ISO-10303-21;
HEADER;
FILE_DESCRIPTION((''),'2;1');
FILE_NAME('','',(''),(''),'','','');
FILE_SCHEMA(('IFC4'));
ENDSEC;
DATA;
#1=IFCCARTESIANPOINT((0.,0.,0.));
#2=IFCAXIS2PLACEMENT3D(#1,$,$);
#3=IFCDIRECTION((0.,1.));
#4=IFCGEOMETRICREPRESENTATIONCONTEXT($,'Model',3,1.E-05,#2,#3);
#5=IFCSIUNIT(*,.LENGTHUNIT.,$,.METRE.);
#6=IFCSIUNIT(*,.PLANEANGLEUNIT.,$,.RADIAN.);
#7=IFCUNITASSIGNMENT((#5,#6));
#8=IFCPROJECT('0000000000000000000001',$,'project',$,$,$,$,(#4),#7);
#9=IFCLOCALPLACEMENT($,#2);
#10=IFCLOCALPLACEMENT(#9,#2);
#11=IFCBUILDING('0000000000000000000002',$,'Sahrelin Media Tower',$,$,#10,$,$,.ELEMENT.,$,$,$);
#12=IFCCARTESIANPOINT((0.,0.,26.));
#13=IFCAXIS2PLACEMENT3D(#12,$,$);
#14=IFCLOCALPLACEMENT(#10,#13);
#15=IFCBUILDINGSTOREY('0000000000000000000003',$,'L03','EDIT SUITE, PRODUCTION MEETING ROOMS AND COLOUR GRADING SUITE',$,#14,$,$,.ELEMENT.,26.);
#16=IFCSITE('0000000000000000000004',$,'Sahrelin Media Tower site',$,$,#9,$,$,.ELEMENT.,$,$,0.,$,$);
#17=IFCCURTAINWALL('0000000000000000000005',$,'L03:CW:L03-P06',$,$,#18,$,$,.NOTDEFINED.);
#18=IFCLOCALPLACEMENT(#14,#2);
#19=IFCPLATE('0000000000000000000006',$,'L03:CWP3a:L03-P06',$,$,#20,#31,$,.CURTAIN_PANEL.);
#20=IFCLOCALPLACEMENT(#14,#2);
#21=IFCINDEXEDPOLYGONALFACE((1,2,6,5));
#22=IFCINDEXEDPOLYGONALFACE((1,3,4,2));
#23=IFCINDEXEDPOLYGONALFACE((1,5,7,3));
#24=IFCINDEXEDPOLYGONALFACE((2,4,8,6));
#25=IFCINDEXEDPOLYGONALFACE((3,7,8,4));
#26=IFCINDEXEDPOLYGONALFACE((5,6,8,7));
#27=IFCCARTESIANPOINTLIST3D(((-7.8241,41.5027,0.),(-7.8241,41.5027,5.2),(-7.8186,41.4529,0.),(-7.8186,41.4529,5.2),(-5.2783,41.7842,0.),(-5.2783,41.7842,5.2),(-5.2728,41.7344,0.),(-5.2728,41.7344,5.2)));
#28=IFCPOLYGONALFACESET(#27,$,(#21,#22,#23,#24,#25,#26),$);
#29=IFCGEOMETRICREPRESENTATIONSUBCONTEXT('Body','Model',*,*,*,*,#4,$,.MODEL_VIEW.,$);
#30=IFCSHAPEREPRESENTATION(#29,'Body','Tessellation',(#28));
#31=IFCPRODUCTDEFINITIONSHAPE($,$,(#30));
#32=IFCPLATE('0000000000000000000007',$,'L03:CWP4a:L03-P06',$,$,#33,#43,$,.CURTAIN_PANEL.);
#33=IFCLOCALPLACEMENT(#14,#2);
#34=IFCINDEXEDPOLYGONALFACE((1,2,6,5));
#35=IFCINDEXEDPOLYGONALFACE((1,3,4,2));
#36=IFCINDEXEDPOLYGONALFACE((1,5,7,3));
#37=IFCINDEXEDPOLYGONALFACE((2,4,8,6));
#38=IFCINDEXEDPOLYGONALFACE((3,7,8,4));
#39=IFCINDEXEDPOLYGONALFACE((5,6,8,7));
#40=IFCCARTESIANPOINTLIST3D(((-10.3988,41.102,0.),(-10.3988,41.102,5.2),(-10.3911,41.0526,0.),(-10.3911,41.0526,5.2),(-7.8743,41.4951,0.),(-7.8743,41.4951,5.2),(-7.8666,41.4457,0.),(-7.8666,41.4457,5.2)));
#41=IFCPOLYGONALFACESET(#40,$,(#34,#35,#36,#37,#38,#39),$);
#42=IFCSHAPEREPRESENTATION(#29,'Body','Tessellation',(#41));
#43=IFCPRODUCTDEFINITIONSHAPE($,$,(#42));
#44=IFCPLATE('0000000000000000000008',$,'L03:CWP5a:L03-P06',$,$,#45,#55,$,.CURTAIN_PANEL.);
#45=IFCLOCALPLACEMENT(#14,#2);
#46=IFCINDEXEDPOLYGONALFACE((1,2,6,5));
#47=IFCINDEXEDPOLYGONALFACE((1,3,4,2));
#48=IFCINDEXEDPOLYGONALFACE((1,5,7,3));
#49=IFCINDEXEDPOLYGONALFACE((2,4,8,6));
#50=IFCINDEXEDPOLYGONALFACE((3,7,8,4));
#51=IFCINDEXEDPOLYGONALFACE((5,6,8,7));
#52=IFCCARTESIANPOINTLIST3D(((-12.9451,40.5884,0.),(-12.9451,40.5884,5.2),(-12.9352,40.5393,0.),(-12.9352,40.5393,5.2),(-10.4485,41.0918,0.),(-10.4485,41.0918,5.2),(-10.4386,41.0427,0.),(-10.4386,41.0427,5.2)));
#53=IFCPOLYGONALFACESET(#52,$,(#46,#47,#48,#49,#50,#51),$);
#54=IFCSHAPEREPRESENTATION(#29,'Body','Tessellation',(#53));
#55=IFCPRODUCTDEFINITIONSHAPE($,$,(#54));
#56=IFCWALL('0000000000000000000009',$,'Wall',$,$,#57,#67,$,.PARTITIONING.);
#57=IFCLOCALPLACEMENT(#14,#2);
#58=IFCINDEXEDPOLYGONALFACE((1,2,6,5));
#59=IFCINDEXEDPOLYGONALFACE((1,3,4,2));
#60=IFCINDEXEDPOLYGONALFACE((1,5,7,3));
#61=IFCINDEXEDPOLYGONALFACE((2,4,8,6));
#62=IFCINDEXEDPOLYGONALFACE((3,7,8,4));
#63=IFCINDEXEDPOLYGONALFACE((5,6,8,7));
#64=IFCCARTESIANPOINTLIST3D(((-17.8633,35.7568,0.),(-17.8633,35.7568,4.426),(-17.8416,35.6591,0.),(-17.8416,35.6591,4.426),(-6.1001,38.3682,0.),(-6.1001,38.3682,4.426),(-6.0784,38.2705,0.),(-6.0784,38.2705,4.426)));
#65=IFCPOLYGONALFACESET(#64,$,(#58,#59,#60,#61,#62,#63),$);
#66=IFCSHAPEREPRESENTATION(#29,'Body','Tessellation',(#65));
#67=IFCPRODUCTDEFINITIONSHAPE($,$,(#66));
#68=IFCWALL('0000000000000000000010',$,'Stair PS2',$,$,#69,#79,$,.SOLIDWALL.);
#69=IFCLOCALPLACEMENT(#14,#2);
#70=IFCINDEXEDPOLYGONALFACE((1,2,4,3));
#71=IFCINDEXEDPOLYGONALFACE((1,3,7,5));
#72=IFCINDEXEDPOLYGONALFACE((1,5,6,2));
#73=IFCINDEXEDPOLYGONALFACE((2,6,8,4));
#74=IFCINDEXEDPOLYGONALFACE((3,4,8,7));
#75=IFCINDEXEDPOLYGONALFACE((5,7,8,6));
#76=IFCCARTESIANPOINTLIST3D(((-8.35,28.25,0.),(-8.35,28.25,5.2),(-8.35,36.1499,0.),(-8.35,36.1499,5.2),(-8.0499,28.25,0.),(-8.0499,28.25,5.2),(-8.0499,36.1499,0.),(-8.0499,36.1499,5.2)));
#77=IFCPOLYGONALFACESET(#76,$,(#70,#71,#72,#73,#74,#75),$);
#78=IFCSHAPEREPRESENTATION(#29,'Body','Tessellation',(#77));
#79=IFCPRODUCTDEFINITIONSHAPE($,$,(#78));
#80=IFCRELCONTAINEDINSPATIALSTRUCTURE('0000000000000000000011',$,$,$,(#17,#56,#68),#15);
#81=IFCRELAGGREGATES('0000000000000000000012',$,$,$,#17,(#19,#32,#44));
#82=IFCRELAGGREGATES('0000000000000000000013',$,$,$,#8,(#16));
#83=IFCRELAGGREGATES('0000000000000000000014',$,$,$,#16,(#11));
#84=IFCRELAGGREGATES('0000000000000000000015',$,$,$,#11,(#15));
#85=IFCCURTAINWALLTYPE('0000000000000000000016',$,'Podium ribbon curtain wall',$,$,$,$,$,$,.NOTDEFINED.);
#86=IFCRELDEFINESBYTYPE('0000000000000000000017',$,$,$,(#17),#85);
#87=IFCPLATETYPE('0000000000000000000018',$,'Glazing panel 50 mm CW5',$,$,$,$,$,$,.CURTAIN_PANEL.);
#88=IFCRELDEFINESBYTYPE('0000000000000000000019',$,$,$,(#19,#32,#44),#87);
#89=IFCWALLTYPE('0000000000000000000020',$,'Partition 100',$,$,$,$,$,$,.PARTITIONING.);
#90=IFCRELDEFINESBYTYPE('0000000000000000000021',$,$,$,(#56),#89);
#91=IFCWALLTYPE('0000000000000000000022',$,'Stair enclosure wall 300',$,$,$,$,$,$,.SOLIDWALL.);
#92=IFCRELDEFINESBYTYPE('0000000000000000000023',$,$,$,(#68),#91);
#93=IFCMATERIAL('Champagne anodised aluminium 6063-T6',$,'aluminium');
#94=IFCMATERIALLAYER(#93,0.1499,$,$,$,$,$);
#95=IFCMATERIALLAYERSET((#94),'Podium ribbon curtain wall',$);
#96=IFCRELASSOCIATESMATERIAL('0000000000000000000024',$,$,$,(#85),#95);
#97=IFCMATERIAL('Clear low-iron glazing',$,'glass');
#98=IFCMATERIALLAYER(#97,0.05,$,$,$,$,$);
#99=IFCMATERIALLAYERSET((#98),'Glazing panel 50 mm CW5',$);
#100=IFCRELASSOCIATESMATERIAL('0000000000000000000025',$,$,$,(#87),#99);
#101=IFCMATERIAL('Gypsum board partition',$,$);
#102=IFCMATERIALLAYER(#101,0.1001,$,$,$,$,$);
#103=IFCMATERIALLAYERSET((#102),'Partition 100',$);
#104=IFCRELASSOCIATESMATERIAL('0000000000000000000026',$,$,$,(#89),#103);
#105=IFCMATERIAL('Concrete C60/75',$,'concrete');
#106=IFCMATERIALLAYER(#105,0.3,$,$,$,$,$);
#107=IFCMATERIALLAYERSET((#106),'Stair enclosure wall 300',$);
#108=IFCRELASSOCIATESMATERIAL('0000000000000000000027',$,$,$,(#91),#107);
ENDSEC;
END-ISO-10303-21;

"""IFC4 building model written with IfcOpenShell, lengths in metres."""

from ifc_helpers import new_model, si_unit, direction, frame, frame_2d, origin, place, context, subcontext, project, spatial, polyline, rectangle, outline, extrude, material, layer, layer_set, type_object, element, aggregate, save


model = new_model("IFC4")

# Units and contexts
model_context = context("Model", 3, precision=1e-05, world=origin(), true_north=direction((0.0, 1.0)))
body_context = subcontext(model_context, "Body", "Model", "MODEL_VIEW")
ifc_project = project(units=[si_unit("LENGTHUNIT", "METRE"), si_unit("PLANEANGLEUNIT", "RADIAN")], contexts=[model_context])

# Site, building, storey
site_placement = place(None, origin())
site = spatial("IfcSite", under=ifc_project, at=site_placement, Name="Sahrelin Media Tower site", CompositionType="ELEMENT", RefElevation=0.0)
building_placement = place(site_placement, origin())
building = spatial("IfcBuilding", under=site, at=building_placement, Name="Sahrelin Media Tower", CompositionType="ELEMENT")
storey_placement = place(building_placement, frame((0.0, 0.0, 26.0)))
storey = spatial("IfcBuildingStorey", under=building, at=storey_placement, Name="L03", Description="EDIT SUITE, PRODUCTION MEETING ROOMS AND COLOUR GRADING SUITE", CompositionType="ELEMENT", Elevation=26.0)

# Curtain wall
ifc_material_1 = material(Name="Champagne anodised aluminium 6063-T6", Category="aluminium")
ifc_layer_1 = layer(ifc_material_1, 0.1499)
ifc_layer_set_1 = layer_set([ifc_layer_1], Name="Podium ribbon curtain wall")
curtain_wall_type = type_object("IfcCurtainWallType", Name="Podium ribbon curtain wall", PredefinedType="NOTDEFINED", material=ifc_layer_set_1)
curtain_wall_placement = place(storey_placement, frame((0.0, 42.0, 0.0), z_axis=(0.0, 0.0, 1.0), x_axis=(1.0, 0.0, 0.0)))
curtain_wall = element("IfcCurtainWall", 1, at=curtain_wall_placement, inside=storey, type_object=curtain_wall_type, Name="L03:CW:L03-P06", PredefinedType="NOTDEFINED")

# Plates
ifc_material_2 = material(Name="Clear low-iron glazing", Category="glass")
ifc_layer_2 = layer(ifc_material_2, 0.05)
ifc_layer_set_2 = layer_set([ifc_layer_2], Name="Glazing panel 50 mm CW5")
plate_type = type_object("IfcPlateType", Name="Glazing panel 50 mm CW5", PredefinedType="CURTAIN_PANEL", material=ifc_layer_set_2)
plate_1_placement = place(storey_placement, frame((-5.2783, 41.7842, 0.0), z_axis=(-0.109908, 0.993942, 0.0), x_axis=(-0.993942, -0.109908, 0.0)))
plate_1 = element("IfcPlate", 2, at=plate_1_placement, type_object=plate_type, Name="L03:CWP3a:L03-P06", PredefinedType="CURTAIN_PANEL", context=body_context, shape_type="SweptSolid", body=[
    extrude(outline(polyline([(0.0, 0.0), (2.5613, 0.0), (2.5613, 5.2), (0.0, 5.2), (0.0, 0.0)])), origin(), (0.0, 0.0, -1.0), 0.05),
])
plate_2_placement = place(storey_placement, frame((-7.8743, 41.4951, 0.0), z_axis=(-0.153852, 0.988094, 0.0), x_axis=(-0.988094, -0.153852, 0.0)))
plate_2 = element("IfcPlate", 3, at=plate_2_placement, type_object=plate_type, Name="L03:CWP4a:L03-P06", PredefinedType="CURTAIN_PANEL", context=body_context, shape_type="SweptSolid", body=[
    extrude(outline(polyline([(0.0, 0.0), (2.5549, 0.0), (2.5549, 5.2), (0.0, 5.2), (0.0, 0.0)])), origin(), (0.0, 0.0, -1.0), 0.05),
])
plate_3_placement = place(storey_placement, frame((-10.4485, 41.0918, 0.0), z_axis=(-0.197664, 0.98027, 0.0), x_axis=(-0.98027, -0.197664, 0.0)))
plate_3 = element("IfcPlate", 4, at=plate_3_placement, type_object=plate_type, Name="L03:CWP5a:L03-P06", PredefinedType="CURTAIN_PANEL", context=body_context, shape_type="SweptSolid", body=[
    extrude(outline(polyline([(0.0, 0.0), (2.5469, 0.0), (2.5469, 5.2), (0.0, 5.2), (0.0, 0.0)])), origin(), (0.0, 0.0, -1.0), 0.05),
])
aggregate(curtain_wall, [plate_1, plate_2, plate_3])

# Wall
ifc_material_3 = material(Name="Gypsum board partition")
ifc_layer_3 = layer(ifc_material_3, 0.1001)
ifc_layer_set_3 = layer_set([ifc_layer_3], Name="Partition 100")
wall_type_1 = type_object("IfcWallType", Name="Partition 100", PredefinedType="PARTITIONING", material=ifc_layer_set_3)
wall_1_placement = place(storey_placement, frame((-6.0891, 38.3193, 0.0), z_axis=(0.0, 0.0, 1.0), x_axis=(-0.976235, -0.216716, 0.0)))
element("IfcWall", 5, at=wall_1_placement, inside=storey, type_object=wall_type_1, Name="Wall", PredefinedType="PARTITIONING", context=body_context, shape_type="SweptSolid", body=[
    extrude(rectangle(XDim=12.0496, YDim=0.1001, at=frame_2d((6.0249, 0.0))), origin(), (0.0, 0.0, 1.0), 4.426),
])

# Shared definitions
ifc_material_4 = material(Name="Concrete C60/75", Category="concrete")
ifc_layer_4 = layer(ifc_material_4, 0.3)
ifc_layer_set_4 = layer_set([ifc_layer_4], Name="Stair enclosure wall 300")
wall_type_2 = type_object("IfcWallType", Name="Stair enclosure wall 300", PredefinedType="SOLIDWALL", material=ifc_layer_set_4)

# Wall
wall_2_placement = place(storey_placement, frame((-8.2, 36.1499, 0.0), z_axis=(0.0, 0.0, 1.0), x_axis=(0.0, -1.0, 0.0)))
element("IfcWall", 6, at=wall_2_placement, inside=storey, type_object=wall_type_2, Name="Stair PS2", PredefinedType="SOLIDWALL", context=body_context, shape_type="SweptSolid", body=[
    extrude(rectangle(XDim=7.8999, YDim=0.3, at=frame_2d((3.95, 0.0))), origin(), (0.0, 0.0, 1.0), 5.2),
])

save(model, "model.ifc")
